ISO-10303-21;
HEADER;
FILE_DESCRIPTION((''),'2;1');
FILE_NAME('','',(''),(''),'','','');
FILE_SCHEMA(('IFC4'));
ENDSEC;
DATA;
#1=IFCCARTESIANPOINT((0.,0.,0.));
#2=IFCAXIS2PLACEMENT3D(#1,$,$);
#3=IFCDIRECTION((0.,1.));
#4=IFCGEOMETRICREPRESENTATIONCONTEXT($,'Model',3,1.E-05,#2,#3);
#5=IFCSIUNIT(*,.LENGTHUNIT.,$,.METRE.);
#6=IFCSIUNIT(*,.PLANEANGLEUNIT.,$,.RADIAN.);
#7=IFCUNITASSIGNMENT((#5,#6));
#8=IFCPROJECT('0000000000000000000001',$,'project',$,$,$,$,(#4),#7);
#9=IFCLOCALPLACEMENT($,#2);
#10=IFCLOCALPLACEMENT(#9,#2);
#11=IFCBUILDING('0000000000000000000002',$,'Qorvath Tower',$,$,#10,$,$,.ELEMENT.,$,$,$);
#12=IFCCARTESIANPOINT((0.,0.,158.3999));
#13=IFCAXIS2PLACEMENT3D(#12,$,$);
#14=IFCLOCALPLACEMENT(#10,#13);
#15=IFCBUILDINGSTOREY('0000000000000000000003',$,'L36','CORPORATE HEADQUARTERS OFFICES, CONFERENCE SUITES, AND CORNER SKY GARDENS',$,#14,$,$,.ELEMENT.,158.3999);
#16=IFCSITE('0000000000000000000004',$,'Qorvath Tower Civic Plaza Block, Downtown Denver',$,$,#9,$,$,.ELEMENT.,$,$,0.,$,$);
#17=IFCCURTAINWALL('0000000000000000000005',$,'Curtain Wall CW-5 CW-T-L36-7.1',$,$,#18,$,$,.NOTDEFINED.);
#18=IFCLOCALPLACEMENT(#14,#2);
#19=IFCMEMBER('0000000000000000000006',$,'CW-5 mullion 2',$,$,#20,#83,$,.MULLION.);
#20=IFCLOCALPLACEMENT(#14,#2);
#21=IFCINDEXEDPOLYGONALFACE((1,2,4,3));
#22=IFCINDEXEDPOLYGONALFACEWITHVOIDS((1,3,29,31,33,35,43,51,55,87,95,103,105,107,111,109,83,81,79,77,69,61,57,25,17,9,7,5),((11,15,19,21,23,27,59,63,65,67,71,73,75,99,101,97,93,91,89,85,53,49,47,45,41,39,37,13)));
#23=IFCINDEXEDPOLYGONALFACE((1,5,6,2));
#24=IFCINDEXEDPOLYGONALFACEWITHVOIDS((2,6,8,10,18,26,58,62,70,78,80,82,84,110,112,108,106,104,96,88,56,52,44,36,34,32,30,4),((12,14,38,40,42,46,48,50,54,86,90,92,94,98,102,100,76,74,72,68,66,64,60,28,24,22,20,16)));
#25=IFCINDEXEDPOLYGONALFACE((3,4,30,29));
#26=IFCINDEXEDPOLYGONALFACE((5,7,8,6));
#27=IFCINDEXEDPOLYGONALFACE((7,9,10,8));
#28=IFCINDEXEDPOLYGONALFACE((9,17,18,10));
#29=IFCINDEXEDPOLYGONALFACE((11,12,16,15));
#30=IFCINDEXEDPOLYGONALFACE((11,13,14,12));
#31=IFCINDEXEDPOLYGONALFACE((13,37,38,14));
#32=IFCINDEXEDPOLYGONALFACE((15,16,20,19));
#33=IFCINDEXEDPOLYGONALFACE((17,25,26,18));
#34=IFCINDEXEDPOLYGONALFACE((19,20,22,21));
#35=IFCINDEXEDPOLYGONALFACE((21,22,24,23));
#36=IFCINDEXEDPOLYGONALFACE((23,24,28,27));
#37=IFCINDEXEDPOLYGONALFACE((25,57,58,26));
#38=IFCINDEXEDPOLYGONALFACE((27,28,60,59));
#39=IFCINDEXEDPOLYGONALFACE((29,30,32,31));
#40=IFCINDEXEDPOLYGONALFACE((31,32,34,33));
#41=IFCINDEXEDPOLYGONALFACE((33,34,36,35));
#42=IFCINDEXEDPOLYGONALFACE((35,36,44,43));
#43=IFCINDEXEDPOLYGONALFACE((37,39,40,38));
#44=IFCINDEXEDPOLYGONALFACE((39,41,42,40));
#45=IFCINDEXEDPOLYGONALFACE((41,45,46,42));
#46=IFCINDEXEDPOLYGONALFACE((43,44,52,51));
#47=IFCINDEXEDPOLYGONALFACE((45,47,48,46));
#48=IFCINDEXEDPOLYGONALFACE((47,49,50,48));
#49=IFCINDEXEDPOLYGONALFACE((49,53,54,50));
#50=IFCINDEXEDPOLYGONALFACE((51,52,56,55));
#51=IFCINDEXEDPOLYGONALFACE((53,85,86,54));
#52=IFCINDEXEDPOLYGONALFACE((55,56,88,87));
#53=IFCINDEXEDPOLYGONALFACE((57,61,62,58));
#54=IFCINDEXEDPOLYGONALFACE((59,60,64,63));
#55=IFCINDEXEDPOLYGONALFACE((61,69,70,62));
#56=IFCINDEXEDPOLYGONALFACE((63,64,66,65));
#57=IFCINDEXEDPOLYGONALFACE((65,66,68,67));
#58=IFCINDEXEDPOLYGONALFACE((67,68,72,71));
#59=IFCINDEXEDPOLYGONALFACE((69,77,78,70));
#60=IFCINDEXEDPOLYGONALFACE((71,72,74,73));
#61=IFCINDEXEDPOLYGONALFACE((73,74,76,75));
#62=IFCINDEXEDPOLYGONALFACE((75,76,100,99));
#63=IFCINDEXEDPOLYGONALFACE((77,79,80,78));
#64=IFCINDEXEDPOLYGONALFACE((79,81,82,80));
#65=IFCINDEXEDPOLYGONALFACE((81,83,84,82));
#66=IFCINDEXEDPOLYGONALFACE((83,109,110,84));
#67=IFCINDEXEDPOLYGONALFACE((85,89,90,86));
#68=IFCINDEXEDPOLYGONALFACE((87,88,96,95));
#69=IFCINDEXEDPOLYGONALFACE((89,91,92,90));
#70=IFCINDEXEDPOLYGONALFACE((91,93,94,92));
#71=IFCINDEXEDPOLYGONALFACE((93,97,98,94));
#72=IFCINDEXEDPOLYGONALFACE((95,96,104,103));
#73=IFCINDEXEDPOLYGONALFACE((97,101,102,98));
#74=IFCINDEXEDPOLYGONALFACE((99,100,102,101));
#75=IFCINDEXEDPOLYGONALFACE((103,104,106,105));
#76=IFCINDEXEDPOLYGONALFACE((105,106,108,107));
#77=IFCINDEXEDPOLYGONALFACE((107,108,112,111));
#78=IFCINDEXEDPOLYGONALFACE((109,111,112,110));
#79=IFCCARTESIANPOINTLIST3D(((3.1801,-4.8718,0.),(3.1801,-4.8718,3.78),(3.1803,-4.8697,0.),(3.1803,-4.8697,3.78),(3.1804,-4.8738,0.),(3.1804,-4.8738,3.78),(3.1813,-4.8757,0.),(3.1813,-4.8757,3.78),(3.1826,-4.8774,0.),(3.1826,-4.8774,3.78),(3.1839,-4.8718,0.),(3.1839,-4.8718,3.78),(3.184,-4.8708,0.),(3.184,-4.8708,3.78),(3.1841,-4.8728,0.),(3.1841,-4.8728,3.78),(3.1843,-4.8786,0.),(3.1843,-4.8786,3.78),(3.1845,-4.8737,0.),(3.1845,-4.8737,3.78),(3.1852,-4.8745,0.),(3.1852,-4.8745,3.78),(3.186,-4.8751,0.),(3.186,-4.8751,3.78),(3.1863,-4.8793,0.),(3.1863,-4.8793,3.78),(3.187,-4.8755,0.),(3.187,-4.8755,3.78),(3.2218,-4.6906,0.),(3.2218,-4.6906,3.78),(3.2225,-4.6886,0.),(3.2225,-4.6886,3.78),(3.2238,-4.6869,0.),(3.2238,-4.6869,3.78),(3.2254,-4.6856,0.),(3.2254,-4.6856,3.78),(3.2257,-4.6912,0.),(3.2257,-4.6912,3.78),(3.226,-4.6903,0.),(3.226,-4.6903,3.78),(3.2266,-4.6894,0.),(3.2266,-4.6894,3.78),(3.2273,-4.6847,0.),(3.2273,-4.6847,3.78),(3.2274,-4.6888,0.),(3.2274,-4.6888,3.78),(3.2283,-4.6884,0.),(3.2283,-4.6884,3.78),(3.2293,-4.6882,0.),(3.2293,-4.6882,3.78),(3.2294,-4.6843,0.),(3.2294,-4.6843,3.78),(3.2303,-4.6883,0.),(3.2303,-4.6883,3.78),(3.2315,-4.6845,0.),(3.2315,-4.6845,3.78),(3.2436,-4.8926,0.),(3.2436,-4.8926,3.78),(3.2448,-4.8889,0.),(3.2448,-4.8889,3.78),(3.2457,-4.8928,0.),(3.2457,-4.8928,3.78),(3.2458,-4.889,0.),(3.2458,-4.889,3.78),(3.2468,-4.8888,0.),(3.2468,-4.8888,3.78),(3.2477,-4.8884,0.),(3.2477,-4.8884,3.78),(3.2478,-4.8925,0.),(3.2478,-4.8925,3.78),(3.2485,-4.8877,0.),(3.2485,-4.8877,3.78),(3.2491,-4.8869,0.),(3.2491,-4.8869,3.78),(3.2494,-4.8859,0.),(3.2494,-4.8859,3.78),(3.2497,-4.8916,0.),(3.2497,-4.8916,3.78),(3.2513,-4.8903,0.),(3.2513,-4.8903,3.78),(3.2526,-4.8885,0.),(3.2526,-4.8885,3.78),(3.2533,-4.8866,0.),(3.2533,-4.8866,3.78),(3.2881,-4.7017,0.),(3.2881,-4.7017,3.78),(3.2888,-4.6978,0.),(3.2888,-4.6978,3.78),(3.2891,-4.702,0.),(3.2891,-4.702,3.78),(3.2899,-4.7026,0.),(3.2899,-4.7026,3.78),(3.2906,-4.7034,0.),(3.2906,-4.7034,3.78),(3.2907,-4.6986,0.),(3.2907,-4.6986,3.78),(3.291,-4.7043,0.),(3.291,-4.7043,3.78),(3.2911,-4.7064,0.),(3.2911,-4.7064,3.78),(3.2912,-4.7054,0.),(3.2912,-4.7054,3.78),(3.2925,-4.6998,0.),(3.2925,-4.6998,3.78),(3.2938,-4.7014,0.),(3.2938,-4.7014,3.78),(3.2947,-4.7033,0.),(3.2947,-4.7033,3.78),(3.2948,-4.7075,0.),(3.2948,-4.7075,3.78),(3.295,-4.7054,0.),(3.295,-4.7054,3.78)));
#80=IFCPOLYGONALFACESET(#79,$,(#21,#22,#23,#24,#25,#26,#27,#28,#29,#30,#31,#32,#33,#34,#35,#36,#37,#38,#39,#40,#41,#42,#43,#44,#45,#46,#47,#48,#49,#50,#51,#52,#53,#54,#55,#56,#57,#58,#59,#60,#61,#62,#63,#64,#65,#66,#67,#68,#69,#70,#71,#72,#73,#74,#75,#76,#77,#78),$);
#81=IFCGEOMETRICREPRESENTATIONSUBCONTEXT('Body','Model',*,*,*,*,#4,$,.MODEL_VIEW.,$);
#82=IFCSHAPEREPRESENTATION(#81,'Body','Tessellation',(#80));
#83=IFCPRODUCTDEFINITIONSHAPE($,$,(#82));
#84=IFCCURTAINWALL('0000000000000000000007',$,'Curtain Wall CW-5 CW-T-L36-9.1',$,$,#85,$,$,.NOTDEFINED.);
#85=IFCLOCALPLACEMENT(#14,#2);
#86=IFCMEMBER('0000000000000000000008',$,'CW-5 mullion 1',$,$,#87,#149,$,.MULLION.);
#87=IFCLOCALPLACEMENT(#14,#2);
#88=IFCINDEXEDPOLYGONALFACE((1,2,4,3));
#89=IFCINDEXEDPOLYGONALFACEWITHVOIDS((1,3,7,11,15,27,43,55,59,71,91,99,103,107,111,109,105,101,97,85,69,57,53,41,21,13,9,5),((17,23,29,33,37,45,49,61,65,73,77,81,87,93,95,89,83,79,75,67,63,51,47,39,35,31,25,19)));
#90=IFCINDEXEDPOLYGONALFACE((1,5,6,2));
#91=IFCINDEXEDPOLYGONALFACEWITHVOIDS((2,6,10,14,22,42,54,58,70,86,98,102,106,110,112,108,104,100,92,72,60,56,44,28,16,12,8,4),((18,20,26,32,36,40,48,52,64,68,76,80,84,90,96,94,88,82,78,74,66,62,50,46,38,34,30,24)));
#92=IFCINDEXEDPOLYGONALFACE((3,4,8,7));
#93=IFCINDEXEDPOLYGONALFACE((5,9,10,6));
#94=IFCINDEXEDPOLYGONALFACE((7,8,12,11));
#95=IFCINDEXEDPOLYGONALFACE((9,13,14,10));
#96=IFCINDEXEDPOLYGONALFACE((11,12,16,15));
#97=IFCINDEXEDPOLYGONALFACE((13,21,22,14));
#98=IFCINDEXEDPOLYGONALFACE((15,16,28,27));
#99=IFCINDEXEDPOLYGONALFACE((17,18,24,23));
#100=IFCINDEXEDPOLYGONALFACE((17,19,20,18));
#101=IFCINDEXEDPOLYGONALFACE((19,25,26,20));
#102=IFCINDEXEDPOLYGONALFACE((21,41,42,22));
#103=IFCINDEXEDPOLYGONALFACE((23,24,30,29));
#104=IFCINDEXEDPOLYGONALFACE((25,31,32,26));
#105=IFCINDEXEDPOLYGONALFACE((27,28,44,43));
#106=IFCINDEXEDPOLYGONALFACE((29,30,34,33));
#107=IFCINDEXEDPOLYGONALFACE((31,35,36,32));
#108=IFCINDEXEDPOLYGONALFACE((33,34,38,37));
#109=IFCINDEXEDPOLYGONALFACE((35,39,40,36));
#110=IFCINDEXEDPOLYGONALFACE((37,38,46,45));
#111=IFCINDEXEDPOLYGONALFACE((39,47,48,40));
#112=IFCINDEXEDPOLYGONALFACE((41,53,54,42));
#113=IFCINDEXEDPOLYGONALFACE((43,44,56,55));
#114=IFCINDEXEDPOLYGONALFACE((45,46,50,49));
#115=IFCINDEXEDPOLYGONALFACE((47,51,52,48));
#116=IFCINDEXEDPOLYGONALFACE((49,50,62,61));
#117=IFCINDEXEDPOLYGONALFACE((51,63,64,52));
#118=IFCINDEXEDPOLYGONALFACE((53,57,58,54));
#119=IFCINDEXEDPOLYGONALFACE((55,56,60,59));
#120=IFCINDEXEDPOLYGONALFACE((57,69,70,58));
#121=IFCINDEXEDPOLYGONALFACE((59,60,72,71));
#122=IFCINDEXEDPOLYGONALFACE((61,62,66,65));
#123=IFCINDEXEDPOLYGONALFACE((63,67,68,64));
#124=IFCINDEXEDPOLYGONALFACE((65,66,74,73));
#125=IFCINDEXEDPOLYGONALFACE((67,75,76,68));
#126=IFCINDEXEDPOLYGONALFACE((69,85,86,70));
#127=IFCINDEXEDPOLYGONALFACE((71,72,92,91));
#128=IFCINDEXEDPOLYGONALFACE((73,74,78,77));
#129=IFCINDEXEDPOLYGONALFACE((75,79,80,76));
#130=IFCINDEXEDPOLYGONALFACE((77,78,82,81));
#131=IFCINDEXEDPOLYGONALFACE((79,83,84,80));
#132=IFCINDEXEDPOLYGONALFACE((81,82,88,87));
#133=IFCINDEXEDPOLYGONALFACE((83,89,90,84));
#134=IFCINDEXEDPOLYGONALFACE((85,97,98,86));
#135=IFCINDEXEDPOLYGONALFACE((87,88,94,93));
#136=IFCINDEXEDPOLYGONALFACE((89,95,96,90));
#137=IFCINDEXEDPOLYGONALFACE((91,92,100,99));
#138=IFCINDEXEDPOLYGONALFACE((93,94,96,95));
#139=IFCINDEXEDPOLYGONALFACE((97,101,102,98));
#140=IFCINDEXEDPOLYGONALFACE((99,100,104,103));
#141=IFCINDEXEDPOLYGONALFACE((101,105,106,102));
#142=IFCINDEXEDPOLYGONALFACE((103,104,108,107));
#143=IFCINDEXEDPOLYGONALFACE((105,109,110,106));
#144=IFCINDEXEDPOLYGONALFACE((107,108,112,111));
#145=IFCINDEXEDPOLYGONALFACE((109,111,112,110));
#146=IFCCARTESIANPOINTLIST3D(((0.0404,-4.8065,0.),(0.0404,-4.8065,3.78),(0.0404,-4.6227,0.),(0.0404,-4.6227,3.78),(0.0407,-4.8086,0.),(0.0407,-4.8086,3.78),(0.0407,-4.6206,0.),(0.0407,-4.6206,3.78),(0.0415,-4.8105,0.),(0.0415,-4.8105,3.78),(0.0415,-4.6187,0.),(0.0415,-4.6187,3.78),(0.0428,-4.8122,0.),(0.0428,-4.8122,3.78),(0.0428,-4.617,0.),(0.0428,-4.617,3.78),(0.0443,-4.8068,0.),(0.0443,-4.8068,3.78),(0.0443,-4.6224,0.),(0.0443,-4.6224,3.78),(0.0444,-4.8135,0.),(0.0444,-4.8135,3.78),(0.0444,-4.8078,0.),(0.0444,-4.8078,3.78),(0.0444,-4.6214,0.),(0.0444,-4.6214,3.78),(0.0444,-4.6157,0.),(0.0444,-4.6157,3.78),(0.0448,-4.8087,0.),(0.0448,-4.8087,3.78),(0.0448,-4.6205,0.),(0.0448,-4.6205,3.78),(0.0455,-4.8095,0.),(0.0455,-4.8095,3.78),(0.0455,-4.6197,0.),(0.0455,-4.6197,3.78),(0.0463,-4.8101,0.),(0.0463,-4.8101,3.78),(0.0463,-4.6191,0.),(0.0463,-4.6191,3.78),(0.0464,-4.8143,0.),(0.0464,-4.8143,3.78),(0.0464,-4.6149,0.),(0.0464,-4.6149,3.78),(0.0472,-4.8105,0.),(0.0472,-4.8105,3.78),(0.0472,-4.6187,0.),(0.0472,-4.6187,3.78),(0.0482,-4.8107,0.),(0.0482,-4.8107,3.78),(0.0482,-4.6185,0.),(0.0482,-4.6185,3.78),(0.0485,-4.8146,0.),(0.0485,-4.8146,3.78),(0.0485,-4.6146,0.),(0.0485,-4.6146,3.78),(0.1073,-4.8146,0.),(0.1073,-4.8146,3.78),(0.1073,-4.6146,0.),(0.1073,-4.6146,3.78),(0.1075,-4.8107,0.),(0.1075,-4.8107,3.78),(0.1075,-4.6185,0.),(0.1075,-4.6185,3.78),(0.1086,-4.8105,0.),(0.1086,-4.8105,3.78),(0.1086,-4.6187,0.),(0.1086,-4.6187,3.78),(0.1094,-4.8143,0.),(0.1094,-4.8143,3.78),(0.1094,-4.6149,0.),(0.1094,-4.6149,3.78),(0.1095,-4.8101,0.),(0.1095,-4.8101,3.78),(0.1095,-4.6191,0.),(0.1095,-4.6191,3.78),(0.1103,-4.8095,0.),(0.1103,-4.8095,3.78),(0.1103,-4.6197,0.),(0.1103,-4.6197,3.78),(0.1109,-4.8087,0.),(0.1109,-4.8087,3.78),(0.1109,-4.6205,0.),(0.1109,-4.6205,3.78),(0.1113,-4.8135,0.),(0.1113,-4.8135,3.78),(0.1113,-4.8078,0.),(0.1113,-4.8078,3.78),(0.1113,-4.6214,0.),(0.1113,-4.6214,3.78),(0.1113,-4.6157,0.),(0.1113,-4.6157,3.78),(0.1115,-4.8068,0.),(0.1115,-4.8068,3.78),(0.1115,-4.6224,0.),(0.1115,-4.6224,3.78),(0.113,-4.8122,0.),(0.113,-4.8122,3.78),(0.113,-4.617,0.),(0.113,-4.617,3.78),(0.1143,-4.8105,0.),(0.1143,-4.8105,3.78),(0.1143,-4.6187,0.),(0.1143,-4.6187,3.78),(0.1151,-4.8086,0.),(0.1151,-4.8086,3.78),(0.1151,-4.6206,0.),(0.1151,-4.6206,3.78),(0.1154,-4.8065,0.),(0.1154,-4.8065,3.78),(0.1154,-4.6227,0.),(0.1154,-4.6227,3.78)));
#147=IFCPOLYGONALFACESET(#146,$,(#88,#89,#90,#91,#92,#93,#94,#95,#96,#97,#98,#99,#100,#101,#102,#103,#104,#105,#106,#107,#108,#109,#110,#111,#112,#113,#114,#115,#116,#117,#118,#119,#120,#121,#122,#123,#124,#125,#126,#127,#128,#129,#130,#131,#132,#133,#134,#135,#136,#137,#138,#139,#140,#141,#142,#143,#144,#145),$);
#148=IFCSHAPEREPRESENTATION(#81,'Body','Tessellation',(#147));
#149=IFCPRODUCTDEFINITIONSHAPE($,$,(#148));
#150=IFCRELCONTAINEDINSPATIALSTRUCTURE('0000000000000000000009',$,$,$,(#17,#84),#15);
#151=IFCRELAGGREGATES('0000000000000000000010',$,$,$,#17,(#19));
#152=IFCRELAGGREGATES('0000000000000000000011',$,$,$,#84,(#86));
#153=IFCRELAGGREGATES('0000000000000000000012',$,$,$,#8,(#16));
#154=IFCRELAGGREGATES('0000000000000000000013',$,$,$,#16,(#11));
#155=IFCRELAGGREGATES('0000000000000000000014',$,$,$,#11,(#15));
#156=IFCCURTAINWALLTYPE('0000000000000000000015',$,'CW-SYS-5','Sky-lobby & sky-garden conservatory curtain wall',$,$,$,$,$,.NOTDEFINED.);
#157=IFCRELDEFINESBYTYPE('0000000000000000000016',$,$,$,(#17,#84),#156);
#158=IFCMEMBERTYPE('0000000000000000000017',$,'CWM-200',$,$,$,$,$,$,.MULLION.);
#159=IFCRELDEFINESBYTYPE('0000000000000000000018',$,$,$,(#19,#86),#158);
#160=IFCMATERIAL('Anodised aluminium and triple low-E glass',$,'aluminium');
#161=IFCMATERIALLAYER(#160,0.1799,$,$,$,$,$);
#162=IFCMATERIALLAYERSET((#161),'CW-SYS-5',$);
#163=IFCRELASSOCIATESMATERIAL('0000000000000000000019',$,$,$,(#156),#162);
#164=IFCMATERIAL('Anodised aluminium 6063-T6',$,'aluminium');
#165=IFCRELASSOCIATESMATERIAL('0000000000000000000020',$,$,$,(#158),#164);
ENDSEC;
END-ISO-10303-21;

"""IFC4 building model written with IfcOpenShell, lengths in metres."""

from ifc_helpers import new_model, si_unit, direction, frame, origin, origin_2d, place, context, subcontext, project, spatial, hollow_rectangle, extrude, material, layer, layer_set, material_profile, profile_set, type_object, element, aggregate, save


model = new_model("IFC4")

# Units and contexts
model_context = context("Model", 3, precision=1e-05, world=origin(), true_north=direction((0.0, 1.0)))
body_context = subcontext(model_context, "Body", "Model", "MODEL_VIEW")
ifc_project = project(units=[si_unit("LENGTHUNIT", "METRE"), si_unit("PLANEANGLEUNIT", "RADIAN")], contexts=[model_context])

# Site, building, storey
site_placement = place(None, origin())
site = spatial("IfcSite", under=ifc_project, at=site_placement, Name="Qorvath Tower Civic Plaza Block, Downtown Denver", CompositionType="ELEMENT", RefElevation=0.0)
building_placement = place(site_placement, origin())
building = spatial("IfcBuilding", under=site, at=building_placement, Name="Qorvath Tower", CompositionType="ELEMENT")
storey_placement = place(building_placement, frame((0.0, 0.0, 158.3999)))
storey = spatial("IfcBuildingStorey", under=building, at=storey_placement, Name="L36", Description="CORPORATE HEADQUARTERS OFFICES, CONFERENCE SUITES, AND CORNER SKY GARDENS", CompositionType="ELEMENT", Elevation=158.3999)

# Curtain wall, member
ifc_material_1 = material(Name="Anodised aluminium and triple low-E glass", Category="aluminium")
ifc_layer_1 = layer(ifc_material_1, 0.1799)
ifc_layer_set_1 = layer_set([ifc_layer_1], Name="CW-SYS-5")
curtain_wall_type = type_object("IfcCurtainWallType", Name="CW-SYS-5", Description="Sky-lobby & sky-garden conservatory curtain wall", PredefinedType="NOTDEFINED", material=ifc_layer_set_1)
curtain_wall_1_placement = place(storey_placement, origin())
curtain_wall_1 = element("IfcCurtainWall", 1, at=curtain_wall_1_placement, inside=storey, type_object=curtain_wall_type, Name="Curtain Wall CW-5 CW-T-L36-7.1", PredefinedType="NOTDEFINED")
ifc_material_2 = material(Name="Anodised aluminium 6063-T6", Category="aluminium")
ifc_material_profile_1 = material_profile(ifc_material_2, hollow_rectangle(XDim=0.075, YDim=0.2, WallThickness=0.0039, InnerFilletRadius=0.0039, OuterFilletRadius=0.0081, at=origin_2d()), Name="CWM 200x75")
ifc_profile_set_1 = profile_set([ifc_material_profile_1], Name="Anodised aluminium 6063-T6")
member_type_1 = type_object("IfcMemberType", Name="CWM-200", PredefinedType="MULLION", material=ifc_profile_set_1)
member_1_placement = place(storey_placement, frame((3.2375, -4.7886, 0.0), z_axis=(0.0, 0.0, 1.0), x_axis=(-0.974183, 0.225759, 0.0)))
member_1 = element("IfcMember", 2, at=member_1_placement, type_object=member_type_1, Name="CW-5 mullion 2", PredefinedType="MULLION", context=body_context, shape_type="SweptSolid", body=[
    extrude(hollow_rectangle(XDim=0.075, YDim=0.2, WallThickness=0.0039, InnerFilletRadius=0.0039, OuterFilletRadius=0.0081, at=origin_2d()), origin(), (0.0, 0.0, 1.0), 3.78),
])
aggregate(curtain_wall_1, [member_1])

# Curtain wall, member
curtain_wall_2_placement = place(storey_placement, origin())
curtain_wall_2 = element("IfcCurtainWall", 3, at=curtain_wall_2_placement, inside=storey, type_object=curtain_wall_type, Name="Curtain Wall CW-5 CW-T-L36-9.1", PredefinedType="NOTDEFINED")
member_2_placement = place(storey_placement, frame((0.0779, -4.7146, 0.0), z_axis=(0.0, 0.0, 1.0), x_axis=(-1.0, 0.0, 0.0)))
member_2 = element("IfcMember", 4, at=member_2_placement, type_object=member_type_1, Name="CW-5 mullion 1", PredefinedType="MULLION", context=body_context, shape_type="SweptSolid", body=[
    extrude(hollow_rectangle(XDim=0.075, YDim=0.2, WallThickness=0.0039, InnerFilletRadius=0.0039, OuterFilletRadius=0.0081, at=origin_2d()), origin(), (0.0, 0.0, 1.0), 3.78),
])
aggregate(curtain_wall_2, [member_2])

save(model, "model.ifc")
